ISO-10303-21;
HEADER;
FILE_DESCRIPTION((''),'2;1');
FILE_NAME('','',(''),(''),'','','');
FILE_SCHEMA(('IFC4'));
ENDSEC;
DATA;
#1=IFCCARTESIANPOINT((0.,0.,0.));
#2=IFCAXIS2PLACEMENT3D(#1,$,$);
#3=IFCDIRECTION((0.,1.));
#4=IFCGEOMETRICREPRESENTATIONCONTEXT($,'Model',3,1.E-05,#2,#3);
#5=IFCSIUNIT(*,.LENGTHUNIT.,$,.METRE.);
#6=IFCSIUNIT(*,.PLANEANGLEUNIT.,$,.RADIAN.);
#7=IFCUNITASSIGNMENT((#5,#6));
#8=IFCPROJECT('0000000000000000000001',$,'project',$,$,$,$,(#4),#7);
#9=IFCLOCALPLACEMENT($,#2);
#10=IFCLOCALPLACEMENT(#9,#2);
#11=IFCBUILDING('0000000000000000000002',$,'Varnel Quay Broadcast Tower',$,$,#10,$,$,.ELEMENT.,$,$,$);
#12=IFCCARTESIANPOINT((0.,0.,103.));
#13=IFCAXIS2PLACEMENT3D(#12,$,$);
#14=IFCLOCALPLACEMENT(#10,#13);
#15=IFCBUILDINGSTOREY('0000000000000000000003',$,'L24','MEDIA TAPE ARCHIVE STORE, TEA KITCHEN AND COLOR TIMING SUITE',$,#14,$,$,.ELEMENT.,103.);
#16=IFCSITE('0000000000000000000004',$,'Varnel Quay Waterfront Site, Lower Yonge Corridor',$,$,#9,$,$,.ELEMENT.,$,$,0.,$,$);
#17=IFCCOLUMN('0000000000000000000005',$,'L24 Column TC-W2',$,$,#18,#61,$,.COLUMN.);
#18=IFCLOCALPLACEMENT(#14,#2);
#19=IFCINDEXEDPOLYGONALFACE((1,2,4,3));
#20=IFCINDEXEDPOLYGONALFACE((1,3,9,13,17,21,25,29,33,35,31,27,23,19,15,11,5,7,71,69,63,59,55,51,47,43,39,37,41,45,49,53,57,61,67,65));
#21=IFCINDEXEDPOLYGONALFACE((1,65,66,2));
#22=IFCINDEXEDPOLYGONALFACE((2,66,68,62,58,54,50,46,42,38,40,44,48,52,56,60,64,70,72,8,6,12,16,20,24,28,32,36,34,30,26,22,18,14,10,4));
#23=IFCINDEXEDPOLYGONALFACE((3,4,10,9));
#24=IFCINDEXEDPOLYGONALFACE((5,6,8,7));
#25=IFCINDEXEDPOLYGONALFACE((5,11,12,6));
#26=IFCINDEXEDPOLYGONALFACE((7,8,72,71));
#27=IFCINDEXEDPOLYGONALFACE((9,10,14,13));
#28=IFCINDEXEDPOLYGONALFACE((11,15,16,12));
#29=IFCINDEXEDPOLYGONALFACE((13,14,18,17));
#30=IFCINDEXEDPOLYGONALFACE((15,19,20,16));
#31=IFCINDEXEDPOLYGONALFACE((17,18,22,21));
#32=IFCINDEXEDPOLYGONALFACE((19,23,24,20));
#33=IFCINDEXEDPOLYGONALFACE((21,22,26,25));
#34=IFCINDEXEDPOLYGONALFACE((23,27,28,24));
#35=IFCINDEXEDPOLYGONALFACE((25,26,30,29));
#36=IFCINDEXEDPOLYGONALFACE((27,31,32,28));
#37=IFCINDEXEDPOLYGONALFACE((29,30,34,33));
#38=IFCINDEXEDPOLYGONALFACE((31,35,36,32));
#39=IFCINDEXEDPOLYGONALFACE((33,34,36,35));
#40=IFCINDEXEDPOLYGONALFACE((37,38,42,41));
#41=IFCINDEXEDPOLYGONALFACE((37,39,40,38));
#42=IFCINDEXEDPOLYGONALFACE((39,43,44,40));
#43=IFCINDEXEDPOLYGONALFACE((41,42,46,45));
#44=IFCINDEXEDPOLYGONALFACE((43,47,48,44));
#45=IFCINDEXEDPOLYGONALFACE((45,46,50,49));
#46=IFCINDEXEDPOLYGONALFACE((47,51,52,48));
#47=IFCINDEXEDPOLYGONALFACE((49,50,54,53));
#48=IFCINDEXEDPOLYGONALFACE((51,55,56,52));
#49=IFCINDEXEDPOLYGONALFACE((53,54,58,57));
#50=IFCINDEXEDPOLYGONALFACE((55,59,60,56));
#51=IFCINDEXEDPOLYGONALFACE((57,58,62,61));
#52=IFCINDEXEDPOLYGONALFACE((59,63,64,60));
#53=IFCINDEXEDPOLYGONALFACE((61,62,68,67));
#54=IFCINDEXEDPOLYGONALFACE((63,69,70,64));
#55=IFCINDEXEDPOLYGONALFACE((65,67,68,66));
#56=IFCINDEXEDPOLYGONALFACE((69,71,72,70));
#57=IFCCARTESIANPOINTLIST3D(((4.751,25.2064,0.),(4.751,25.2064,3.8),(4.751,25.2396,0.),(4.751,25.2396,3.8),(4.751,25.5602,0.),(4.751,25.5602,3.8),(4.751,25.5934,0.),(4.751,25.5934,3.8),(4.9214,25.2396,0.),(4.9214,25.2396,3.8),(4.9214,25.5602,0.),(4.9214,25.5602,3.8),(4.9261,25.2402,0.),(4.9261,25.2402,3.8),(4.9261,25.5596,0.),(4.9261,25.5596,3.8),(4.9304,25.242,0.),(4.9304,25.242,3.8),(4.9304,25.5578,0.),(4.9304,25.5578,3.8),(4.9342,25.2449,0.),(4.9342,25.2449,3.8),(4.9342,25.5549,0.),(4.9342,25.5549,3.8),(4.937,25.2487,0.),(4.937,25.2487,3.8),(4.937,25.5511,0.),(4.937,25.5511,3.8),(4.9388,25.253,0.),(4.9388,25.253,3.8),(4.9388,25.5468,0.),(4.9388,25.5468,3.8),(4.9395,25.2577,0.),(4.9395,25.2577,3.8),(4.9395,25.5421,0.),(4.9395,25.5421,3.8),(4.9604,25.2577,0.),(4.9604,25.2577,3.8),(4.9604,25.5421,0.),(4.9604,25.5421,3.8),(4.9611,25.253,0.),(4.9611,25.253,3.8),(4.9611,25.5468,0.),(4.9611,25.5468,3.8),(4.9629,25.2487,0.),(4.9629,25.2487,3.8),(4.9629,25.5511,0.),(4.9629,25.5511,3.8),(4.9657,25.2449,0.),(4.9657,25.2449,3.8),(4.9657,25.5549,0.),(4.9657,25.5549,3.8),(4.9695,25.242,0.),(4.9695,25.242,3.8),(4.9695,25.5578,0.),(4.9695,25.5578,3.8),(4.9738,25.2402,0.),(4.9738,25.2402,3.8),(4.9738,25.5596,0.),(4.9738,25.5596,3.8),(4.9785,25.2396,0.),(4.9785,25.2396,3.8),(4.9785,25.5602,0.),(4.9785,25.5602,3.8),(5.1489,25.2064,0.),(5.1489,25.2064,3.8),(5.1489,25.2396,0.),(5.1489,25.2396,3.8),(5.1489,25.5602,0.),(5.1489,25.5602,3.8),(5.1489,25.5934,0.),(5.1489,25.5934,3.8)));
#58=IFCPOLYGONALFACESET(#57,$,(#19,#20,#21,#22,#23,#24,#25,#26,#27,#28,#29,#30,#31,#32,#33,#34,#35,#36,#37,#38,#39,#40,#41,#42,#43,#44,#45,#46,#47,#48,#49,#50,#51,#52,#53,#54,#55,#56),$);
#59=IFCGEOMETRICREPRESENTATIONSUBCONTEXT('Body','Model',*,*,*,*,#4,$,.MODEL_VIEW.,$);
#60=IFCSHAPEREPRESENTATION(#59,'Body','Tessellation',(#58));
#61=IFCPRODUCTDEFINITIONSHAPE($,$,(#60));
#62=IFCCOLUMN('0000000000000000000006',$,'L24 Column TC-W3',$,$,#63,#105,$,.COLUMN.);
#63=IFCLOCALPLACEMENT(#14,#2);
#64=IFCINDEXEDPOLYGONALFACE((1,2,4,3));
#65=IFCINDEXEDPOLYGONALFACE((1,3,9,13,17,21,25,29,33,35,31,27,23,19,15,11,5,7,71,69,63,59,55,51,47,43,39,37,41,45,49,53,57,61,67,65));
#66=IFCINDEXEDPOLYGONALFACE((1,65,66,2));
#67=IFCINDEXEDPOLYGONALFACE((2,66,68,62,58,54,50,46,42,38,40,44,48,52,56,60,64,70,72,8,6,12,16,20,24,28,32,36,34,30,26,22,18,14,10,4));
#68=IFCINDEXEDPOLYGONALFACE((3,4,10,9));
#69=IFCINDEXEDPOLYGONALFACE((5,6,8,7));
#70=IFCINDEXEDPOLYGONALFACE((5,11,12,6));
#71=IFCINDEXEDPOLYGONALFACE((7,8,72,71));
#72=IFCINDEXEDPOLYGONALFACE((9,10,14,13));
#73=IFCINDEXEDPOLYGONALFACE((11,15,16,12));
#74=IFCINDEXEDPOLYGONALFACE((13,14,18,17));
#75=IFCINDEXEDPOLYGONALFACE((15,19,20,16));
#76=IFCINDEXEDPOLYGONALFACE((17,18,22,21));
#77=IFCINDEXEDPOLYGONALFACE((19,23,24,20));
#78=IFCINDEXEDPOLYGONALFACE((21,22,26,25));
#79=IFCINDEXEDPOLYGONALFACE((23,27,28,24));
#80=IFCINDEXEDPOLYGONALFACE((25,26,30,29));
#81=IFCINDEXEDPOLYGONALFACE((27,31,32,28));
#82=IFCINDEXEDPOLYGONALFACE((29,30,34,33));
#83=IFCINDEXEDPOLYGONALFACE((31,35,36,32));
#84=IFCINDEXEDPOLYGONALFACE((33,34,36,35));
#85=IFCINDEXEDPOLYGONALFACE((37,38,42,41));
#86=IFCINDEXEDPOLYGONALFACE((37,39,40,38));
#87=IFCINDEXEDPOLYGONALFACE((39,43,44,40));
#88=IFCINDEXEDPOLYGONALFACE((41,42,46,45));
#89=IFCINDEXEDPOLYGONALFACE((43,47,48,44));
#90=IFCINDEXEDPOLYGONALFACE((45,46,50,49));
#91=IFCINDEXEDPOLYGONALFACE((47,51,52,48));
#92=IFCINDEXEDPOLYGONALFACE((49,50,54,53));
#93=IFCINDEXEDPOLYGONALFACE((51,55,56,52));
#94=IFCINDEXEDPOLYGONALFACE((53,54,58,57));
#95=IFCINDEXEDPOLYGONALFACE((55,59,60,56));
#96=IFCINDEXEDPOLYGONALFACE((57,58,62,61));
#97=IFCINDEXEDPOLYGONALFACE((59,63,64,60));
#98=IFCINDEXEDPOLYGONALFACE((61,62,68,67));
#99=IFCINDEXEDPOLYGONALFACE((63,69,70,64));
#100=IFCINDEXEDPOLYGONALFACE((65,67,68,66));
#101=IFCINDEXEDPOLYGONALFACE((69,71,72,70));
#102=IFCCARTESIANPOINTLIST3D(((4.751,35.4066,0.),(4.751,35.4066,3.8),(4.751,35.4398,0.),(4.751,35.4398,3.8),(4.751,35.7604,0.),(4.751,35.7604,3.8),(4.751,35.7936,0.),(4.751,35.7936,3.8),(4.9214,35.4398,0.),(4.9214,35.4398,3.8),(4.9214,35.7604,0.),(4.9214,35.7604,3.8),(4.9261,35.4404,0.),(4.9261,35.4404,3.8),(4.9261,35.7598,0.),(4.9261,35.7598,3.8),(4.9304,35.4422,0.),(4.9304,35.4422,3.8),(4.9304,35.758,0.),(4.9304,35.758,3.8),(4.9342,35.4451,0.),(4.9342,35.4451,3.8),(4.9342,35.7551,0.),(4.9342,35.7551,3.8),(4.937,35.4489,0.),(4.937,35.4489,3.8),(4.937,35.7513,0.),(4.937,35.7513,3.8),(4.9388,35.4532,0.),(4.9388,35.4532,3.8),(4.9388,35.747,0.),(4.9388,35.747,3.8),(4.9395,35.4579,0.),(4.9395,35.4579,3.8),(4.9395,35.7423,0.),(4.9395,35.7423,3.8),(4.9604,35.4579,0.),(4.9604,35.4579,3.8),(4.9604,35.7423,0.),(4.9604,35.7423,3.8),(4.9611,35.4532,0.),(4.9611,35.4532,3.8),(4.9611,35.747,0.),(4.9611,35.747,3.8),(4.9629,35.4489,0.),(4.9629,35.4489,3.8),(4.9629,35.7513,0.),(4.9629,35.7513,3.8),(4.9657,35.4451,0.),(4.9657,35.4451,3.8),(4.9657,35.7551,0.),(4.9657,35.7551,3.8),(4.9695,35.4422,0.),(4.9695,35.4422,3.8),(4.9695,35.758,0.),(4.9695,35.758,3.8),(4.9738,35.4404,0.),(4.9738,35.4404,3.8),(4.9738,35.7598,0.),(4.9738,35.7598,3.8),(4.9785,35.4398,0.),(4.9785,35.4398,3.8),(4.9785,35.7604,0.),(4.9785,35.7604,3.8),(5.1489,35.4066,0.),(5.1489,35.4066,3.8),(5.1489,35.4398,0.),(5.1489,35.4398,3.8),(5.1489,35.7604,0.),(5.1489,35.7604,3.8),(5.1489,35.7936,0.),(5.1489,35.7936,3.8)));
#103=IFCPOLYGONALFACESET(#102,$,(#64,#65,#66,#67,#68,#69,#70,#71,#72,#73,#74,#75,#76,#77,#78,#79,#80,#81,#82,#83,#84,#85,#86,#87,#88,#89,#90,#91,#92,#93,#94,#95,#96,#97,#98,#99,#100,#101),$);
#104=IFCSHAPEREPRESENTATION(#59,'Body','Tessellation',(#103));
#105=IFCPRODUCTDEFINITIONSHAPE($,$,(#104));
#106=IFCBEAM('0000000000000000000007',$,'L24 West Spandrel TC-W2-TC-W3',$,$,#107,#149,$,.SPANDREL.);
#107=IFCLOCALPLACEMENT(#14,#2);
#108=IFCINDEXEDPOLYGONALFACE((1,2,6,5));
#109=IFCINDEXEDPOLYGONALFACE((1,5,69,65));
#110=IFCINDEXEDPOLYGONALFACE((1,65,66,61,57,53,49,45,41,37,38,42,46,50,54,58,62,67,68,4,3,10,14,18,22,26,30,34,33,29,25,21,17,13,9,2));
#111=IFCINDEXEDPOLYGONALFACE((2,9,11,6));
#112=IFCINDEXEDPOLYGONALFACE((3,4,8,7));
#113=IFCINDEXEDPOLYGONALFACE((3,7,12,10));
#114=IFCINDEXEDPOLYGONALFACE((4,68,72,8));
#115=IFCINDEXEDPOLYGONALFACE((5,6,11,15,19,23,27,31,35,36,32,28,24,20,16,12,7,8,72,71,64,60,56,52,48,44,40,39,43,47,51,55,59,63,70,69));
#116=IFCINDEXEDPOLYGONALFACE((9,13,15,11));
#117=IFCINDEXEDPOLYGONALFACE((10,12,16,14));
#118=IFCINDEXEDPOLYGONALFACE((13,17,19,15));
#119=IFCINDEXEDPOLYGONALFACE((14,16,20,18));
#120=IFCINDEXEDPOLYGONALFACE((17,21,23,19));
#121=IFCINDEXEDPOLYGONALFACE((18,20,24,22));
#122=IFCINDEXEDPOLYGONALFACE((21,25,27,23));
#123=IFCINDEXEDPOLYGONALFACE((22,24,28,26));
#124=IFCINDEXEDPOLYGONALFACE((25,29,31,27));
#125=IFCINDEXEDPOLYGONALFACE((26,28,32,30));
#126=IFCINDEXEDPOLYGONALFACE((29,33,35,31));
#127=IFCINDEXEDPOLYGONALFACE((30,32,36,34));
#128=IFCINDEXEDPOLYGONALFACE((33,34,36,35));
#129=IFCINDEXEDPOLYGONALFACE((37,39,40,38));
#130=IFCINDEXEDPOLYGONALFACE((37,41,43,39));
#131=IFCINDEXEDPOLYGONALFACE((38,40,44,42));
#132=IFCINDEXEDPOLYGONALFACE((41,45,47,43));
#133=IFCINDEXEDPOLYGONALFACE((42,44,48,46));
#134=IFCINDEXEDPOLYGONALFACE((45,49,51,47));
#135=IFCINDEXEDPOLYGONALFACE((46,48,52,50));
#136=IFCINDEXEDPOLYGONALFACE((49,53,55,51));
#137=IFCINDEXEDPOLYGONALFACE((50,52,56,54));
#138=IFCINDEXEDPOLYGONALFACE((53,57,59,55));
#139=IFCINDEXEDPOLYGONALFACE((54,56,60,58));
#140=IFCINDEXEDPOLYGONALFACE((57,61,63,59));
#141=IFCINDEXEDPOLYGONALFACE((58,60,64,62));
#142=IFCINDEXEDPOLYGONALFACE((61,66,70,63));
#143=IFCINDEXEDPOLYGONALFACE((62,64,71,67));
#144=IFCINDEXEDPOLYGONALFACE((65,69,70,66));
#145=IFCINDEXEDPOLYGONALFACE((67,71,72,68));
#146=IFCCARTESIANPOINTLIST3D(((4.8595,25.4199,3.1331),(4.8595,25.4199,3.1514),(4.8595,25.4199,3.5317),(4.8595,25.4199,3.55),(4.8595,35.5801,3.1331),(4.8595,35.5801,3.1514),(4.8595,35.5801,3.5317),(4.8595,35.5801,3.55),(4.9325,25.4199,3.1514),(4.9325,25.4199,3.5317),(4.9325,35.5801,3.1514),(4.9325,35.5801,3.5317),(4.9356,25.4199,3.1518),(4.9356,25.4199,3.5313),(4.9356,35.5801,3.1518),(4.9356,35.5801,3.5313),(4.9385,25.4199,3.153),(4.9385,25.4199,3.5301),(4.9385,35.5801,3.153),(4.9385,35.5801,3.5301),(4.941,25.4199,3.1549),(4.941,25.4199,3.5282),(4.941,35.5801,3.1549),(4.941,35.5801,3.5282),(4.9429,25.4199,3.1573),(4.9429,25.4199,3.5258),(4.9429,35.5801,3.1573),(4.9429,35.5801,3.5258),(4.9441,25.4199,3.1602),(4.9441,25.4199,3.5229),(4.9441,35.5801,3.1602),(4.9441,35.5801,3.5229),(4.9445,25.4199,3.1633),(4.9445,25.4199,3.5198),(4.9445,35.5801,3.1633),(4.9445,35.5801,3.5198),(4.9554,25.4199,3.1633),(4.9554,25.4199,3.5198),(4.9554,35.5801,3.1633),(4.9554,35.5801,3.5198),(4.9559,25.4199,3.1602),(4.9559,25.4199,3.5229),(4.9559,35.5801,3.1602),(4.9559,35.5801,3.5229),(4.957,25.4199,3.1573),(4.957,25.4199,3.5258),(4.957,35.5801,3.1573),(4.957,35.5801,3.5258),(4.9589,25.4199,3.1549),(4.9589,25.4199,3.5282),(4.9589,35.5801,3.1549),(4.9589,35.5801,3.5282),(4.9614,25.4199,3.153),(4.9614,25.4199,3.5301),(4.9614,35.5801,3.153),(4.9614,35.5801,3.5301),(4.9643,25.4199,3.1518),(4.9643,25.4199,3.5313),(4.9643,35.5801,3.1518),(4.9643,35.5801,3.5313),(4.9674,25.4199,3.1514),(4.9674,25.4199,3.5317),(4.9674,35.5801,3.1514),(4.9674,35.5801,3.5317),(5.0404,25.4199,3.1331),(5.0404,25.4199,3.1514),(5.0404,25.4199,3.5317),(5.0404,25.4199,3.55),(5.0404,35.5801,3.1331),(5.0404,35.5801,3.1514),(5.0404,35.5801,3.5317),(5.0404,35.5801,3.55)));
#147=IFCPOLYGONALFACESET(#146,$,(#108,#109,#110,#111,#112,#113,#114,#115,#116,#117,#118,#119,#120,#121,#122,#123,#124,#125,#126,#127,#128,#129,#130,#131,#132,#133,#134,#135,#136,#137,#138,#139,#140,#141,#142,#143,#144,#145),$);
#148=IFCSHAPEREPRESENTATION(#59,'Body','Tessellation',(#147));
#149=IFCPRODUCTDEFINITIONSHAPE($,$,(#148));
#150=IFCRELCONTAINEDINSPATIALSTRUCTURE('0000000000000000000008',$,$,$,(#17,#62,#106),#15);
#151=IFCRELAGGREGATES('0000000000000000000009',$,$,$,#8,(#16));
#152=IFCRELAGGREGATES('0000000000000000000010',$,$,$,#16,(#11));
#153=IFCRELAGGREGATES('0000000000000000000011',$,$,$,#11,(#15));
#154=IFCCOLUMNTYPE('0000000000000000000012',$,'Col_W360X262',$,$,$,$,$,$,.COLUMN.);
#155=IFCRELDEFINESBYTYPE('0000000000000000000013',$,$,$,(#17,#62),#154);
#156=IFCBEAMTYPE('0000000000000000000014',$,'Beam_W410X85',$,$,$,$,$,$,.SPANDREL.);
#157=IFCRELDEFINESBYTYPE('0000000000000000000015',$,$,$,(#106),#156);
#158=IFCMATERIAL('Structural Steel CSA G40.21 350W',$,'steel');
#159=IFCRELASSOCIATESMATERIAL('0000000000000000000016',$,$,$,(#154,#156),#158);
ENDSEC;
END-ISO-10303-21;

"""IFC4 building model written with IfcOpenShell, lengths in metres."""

from ifc_helpers import new_model, si_unit, direction, frame, origin, origin_2d, place, context, subcontext, project, spatial, i_section, extrude, source, transform, mapped, material, material_profile, profile_set, type_object, type_shapes, element, save


model = new_model("IFC4")

# Units and contexts
model_context = context("Model", 3, precision=1e-05, world=origin(), true_north=direction((0.0, 1.0)))
body_context = subcontext(model_context, "Body", "Model", "MODEL_VIEW")
ifc_project = project(units=[si_unit("LENGTHUNIT", "METRE"), si_unit("PLANEANGLEUNIT", "RADIAN")], contexts=[model_context])

# Site, building, storey
site_placement = place(None, origin())
site = spatial("IfcSite", under=ifc_project, at=site_placement, Name="Varnel Quay Waterfront Site, Lower Yonge Corridor", CompositionType="ELEMENT", RefElevation=0.0)
building_placement = place(site_placement, origin())
building = spatial("IfcBuilding", under=site, at=building_placement, Name="Varnel Quay Broadcast Tower", CompositionType="ELEMENT")
storey_placement = place(building_placement, frame((0.0, 0.0, 103.0)))
storey = spatial("IfcBuildingStorey", under=building, at=storey_placement, Name="L24", Description="MEDIA TAPE ARCHIVE STORE, TEA KITCHEN AND COLOR TIMING SUITE", CompositionType="ELEMENT", Elevation=103.0)

# Columns
ifc_material_1 = material(Name="Structural Steel CSA G40.21 350W", Category="steel")
ifc_material_profile_1 = material_profile(ifc_material_1, i_section(OverallWidth=0.3979, OverallDepth=0.387, WebThickness=0.021, FlangeThickness=0.0332, FilletRadius=0.0181, at=origin_2d()), Name="W360X262")
ifc_profile_set_1 = profile_set([ifc_material_profile_1], Name="Structural Steel CSA G40.21 350W")
column_type = type_object("IfcColumnType", Name="Col_W360X262", PredefinedType="COLUMN", material=ifc_profile_set_1)
shared_shape_1 = source(origin(), body_context, "Body", "SweptSolid", [
    extrude(i_section(OverallWidth=0.3979, OverallDepth=0.387, WebThickness=0.021, FlangeThickness=0.0332, FilletRadius=0.0181, at=origin_2d()), origin(), (0.0, 0.0, 1.0), 3.8),
])
type_shapes(column_type, [shared_shape_1])
for number, where, z_axis, x_axis, name in (
    (1, (4.95, 25.3999, 0.0), (0.0, 0.0, 1.0), (1.0, 0.0, 0.0), "L24 Column TC-W2"),
    (2, (4.95, 35.6001, 0.0), (0.0, 0.0, 1.0), (1.0, 0.0, 0.0), "L24 Column TC-W3"),
):
    element("IfcColumn", number, at=place(storey_placement, frame(where, z_axis=z_axis, x_axis=x_axis)), inside=storey, type_object=column_type, Name=name, PredefinedType="COLUMN", context=body_context, shape_type="MappedRepresentation", body=[
        mapped(shared_shape_1, transform((0.0, 0.0, 0.0), x_axis=(1.0, 0.0, 0.0), y_axis=(0.0, 1.0, 0.0), z_axis=(0.0, 0.0, 1.0), scale=1.0)),
    ])

# Beam
ifc_material_profile_2 = material_profile(ifc_material_1, i_section(OverallWidth=0.1809, OverallDepth=0.417, WebThickness=0.011, FlangeThickness=0.0183, FilletRadius=0.012, at=origin_2d()), Name="W410X85")
ifc_profile_set_2 = profile_set([ifc_material_profile_2], Name="Structural Steel CSA G40.21 350W")
beam_type_1 = type_object("IfcBeamType", Name="Beam_W410X85", PredefinedType="SPANDREL", material=ifc_profile_set_2)
shared_shape_2 = source(origin(), body_context, "Body", "SweptSolid", [
    extrude(i_section(OverallWidth=0.1809, OverallDepth=0.417, WebThickness=0.011, FlangeThickness=0.0183, FilletRadius=0.012, at=origin_2d()), origin(), (0.0, 0.0, 1.0), 10.1602),
])
type_shapes(beam_type_1, [shared_shape_2])
beam_1_placement = place(storey_placement, frame((4.95, 25.4199, 3.3416), z_axis=(0.0, 1.0, 0.0), x_axis=(-1.0, 0.0, 0.0)))
element("IfcBeam", 3, at=beam_1_placement, inside=storey, type_object=beam_type_1, Name="L24 West Spandrel TC-W2-TC-W3", PredefinedType="SPANDREL", context=body_context, shape_type="MappedRepresentation", body=[
    mapped(shared_shape_2, transform((0.0, 0.0, 0.0), x_axis=(1.0, 0.0, 0.0), y_axis=(0.0, 1.0, 0.0), z_axis=(0.0, 0.0, 1.0), scale=1.0)),
])

save(model, "model.ifc")
